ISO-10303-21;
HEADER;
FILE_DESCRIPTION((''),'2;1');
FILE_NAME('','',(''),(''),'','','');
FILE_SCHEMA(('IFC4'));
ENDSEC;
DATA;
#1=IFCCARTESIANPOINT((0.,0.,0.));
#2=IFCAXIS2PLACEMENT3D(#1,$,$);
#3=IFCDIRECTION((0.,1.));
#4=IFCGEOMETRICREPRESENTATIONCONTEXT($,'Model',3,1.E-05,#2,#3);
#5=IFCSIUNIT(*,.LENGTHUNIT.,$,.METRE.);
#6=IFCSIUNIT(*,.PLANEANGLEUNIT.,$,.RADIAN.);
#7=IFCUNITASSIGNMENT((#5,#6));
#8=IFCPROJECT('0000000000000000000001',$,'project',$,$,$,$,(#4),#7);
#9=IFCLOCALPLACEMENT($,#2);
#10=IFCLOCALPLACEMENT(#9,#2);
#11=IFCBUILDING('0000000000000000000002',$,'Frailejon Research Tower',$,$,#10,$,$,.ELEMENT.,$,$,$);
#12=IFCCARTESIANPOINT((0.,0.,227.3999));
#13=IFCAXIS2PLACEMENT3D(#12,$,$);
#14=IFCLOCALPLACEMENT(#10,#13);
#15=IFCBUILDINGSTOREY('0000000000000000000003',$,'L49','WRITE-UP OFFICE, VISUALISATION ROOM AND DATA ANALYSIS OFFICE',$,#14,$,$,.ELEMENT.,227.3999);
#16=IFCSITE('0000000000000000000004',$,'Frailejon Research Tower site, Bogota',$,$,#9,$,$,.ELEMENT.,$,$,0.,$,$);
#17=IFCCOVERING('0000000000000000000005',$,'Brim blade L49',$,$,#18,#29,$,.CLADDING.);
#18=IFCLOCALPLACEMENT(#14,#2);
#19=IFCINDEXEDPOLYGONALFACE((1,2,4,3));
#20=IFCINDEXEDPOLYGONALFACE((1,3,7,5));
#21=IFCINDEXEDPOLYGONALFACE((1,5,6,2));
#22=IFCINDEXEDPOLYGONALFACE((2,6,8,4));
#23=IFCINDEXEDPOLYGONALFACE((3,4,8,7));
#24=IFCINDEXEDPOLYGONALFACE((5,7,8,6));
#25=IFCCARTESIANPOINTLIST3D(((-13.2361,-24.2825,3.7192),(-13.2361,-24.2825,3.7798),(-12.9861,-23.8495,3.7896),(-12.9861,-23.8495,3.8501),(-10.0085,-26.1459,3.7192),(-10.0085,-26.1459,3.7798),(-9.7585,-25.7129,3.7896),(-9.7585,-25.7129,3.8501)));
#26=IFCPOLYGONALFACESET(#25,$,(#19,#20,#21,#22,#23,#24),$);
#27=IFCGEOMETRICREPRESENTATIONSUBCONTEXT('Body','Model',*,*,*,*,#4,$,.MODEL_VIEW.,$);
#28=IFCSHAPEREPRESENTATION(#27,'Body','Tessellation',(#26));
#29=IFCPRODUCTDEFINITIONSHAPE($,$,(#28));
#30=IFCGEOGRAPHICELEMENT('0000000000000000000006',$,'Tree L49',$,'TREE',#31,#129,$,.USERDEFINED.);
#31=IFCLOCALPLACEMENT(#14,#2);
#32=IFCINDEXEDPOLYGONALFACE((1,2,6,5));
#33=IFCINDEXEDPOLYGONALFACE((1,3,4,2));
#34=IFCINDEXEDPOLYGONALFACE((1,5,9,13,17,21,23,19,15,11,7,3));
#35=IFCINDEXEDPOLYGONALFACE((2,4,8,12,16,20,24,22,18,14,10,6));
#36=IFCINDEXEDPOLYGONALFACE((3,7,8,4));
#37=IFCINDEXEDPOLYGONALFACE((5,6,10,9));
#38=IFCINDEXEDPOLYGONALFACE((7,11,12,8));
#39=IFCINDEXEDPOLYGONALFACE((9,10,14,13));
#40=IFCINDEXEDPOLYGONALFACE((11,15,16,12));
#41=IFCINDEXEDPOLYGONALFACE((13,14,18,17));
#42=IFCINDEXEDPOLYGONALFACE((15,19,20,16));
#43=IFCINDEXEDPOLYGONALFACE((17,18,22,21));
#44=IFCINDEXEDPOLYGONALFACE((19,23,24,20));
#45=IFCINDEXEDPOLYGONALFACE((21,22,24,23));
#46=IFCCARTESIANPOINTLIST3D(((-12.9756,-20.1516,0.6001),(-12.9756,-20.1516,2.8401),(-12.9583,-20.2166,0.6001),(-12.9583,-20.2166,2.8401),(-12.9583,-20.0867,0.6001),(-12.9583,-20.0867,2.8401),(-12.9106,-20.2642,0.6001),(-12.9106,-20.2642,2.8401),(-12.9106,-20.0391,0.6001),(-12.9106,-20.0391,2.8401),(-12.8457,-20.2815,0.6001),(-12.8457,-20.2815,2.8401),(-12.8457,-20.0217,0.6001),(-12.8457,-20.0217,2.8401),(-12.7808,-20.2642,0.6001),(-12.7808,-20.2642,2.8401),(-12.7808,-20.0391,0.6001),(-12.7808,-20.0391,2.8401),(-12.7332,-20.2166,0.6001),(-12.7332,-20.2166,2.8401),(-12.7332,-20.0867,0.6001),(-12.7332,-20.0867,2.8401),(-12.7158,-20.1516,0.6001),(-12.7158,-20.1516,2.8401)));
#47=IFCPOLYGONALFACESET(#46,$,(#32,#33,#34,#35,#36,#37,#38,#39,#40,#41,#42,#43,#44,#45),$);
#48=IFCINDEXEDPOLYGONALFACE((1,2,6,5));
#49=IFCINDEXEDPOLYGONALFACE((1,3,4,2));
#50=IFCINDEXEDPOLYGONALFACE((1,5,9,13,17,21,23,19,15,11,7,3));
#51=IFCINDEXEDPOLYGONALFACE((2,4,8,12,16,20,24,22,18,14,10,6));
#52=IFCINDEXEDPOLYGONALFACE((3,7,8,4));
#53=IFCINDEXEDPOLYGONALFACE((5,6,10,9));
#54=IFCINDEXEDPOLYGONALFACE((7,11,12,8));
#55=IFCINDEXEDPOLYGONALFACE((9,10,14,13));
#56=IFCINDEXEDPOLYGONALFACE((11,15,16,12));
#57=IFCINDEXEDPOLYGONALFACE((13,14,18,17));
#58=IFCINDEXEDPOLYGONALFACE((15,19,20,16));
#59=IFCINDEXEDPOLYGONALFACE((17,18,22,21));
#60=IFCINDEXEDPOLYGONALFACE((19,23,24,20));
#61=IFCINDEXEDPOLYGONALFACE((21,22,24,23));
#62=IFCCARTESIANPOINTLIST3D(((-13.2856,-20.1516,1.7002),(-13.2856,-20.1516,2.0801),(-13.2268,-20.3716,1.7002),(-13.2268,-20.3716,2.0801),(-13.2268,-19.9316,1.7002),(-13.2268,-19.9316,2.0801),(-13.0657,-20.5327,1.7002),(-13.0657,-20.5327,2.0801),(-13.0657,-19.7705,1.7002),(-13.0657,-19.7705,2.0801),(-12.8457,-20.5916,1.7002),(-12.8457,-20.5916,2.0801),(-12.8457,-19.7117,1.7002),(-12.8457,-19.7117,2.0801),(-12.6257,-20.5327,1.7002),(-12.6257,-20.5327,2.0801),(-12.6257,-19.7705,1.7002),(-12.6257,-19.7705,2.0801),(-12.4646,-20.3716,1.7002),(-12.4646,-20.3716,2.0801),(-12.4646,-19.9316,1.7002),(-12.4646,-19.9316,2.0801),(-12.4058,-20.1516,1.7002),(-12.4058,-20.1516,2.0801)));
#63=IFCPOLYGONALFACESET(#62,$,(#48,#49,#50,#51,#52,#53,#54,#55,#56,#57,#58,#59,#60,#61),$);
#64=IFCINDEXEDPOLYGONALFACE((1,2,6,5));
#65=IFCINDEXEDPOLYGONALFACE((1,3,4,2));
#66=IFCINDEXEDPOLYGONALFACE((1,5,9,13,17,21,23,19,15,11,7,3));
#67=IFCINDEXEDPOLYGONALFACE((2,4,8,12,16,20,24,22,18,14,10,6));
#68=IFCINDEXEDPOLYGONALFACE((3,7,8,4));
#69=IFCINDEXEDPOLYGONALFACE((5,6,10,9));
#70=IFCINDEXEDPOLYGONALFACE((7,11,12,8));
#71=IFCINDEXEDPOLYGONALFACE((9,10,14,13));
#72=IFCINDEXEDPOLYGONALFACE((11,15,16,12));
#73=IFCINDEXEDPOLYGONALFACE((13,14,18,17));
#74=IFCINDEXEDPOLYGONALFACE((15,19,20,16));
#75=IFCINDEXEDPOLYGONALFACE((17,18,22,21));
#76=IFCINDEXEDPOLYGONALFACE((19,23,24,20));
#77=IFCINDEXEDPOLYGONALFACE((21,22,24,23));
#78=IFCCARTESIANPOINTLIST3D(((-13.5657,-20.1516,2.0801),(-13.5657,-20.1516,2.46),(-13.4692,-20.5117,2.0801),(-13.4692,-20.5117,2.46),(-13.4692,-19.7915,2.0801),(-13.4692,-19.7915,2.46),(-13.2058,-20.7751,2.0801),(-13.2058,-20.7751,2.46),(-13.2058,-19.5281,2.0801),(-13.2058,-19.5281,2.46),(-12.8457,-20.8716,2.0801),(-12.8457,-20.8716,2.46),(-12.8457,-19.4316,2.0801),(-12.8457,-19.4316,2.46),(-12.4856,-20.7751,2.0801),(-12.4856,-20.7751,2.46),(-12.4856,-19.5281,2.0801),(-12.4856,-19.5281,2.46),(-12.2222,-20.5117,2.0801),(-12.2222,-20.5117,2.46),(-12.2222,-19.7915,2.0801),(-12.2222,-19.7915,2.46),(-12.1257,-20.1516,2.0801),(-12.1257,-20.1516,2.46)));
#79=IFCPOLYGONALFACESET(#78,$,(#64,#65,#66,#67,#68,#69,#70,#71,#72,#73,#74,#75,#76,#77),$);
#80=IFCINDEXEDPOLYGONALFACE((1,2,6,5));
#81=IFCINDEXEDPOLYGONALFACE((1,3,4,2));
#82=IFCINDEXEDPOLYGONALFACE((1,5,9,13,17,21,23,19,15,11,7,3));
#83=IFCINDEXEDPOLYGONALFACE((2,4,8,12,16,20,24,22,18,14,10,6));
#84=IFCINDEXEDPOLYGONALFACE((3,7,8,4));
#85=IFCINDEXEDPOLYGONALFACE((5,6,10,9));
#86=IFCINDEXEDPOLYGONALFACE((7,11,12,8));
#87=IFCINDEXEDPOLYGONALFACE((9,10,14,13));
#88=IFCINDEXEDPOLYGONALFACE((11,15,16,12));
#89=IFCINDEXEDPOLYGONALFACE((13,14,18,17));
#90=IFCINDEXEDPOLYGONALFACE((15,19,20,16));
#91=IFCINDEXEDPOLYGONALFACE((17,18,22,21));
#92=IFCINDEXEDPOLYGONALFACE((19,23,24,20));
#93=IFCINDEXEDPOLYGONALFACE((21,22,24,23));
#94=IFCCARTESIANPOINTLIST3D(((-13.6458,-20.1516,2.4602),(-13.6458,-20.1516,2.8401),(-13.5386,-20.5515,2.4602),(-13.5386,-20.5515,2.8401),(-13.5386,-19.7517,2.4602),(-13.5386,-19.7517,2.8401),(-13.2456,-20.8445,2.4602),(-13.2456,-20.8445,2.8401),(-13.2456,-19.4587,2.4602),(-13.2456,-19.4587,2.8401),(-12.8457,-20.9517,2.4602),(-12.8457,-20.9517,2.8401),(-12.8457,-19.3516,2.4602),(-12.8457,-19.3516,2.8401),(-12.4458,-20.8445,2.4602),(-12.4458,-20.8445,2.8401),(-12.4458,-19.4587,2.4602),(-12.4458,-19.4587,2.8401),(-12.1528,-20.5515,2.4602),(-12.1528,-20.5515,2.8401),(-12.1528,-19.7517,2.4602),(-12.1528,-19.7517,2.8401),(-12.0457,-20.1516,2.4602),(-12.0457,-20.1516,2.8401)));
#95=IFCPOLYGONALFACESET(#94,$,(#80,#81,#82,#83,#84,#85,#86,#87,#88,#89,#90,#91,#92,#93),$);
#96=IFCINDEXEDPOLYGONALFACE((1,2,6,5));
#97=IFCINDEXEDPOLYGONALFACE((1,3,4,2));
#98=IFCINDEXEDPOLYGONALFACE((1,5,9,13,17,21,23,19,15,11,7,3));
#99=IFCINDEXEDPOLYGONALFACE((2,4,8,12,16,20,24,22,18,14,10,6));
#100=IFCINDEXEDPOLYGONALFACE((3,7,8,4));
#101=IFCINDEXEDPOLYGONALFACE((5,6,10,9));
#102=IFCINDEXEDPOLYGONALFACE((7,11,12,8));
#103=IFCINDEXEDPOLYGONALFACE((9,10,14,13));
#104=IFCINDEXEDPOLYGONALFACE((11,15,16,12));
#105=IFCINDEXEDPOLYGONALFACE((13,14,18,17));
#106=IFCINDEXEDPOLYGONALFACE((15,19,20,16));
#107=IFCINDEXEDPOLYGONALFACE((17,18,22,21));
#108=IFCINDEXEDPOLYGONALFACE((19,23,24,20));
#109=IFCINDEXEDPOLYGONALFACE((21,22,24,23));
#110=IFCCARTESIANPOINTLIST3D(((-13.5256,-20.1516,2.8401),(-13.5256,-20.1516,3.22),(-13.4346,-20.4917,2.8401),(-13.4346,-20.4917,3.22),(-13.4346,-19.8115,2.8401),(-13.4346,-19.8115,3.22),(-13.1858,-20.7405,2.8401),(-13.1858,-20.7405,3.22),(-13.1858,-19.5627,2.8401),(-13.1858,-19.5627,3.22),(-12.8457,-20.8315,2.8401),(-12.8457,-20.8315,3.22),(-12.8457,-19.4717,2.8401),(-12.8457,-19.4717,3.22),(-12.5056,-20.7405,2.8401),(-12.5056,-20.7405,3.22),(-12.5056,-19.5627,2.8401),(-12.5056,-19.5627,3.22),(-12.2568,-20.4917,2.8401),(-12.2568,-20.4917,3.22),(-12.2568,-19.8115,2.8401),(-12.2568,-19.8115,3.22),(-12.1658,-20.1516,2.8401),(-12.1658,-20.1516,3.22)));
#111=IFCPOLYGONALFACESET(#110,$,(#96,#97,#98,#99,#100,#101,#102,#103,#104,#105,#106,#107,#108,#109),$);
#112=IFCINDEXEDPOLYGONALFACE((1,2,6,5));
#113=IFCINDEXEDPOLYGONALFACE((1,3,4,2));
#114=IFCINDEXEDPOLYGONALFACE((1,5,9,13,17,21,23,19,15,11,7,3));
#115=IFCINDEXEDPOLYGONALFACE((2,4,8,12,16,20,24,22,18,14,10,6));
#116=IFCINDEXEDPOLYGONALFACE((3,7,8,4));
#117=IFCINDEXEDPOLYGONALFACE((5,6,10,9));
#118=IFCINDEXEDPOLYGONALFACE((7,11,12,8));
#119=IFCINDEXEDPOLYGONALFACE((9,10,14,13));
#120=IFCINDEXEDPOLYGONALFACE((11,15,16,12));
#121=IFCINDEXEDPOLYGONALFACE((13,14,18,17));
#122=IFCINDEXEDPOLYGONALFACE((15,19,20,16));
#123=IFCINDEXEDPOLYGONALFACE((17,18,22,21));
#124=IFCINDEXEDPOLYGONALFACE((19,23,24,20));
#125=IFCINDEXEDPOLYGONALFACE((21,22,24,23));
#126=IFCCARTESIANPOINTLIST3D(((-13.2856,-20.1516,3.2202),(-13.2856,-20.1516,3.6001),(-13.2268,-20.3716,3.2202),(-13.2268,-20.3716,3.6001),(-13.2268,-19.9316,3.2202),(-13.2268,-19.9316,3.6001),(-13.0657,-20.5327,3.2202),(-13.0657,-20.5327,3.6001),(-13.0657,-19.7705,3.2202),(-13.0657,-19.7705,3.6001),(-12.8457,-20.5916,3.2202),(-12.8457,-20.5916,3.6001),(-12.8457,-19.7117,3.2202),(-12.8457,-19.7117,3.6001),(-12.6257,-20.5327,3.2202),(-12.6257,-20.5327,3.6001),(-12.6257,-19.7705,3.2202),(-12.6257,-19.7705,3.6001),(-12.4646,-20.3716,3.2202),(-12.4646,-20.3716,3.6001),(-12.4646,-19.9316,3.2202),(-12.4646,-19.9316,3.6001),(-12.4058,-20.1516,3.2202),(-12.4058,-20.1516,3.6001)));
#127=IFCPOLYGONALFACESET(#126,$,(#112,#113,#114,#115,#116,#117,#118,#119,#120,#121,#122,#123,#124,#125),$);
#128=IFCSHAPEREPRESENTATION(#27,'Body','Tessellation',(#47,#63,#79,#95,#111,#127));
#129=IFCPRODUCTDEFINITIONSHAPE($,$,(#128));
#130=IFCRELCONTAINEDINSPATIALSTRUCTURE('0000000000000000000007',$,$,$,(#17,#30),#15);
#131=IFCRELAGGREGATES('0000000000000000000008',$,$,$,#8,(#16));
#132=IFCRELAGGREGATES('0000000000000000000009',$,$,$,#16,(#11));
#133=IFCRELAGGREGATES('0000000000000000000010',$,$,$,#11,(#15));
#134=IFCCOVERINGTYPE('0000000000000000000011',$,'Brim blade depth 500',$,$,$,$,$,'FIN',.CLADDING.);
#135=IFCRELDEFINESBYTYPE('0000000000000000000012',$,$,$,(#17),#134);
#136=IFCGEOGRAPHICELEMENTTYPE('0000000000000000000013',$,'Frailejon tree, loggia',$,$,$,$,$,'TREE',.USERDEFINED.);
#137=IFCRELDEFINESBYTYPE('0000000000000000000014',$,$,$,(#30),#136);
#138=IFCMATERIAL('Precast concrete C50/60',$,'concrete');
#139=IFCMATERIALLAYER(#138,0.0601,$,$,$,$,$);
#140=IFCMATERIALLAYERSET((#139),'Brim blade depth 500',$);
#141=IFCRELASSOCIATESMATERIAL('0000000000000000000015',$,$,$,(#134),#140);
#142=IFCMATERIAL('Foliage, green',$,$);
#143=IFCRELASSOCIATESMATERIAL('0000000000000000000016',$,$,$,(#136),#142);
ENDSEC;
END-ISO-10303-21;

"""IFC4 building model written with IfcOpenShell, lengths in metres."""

from ifc_helpers import new_model, si_unit, direction, frame, origin, place, context, subcontext, project, spatial, polyline, outline, extrude, material, layer, layer_set, type_object, element, save


model = new_model("IFC4")

# Units and contexts
model_context = context("Model", 3, precision=1e-05, world=origin(), true_north=direction((0.0, 1.0)))
body_context = subcontext(model_context, "Body", "Model", "MODEL_VIEW")
ifc_project = project(units=[si_unit("LENGTHUNIT", "METRE"), si_unit("PLANEANGLEUNIT", "RADIAN")], contexts=[model_context])

# Site, building, storey
site_placement = place(None, origin())
site = spatial("IfcSite", under=ifc_project, at=site_placement, Name="Frailejon Research Tower site, Bogota", CompositionType="ELEMENT", RefElevation=0.0)
building_placement = place(site_placement, origin())
building = spatial("IfcBuilding", under=site, at=building_placement, Name="Frailejon Research Tower", CompositionType="ELEMENT")
storey_placement = place(building_placement, frame((0.0, 0.0, 227.3999)))
storey = spatial("IfcBuildingStorey", under=building, at=storey_placement, Name="L49", Description="WRITE-UP OFFICE, VISUALISATION ROOM AND DATA ANALYSIS OFFICE", CompositionType="ELEMENT", Elevation=227.3999)

# Covering
ifc_material_1 = material(Name="Precast concrete C50/60", Category="concrete")
ifc_layer_1 = layer(ifc_material_1, 0.0601)
ifc_layer_set_1 = layer_set([ifc_layer_1], Name="Brim blade depth 500")
covering_type_1 = type_object("IfcCoveringType", Name="Brim blade depth 500", ElementType="FIN", PredefinedType="CLADDING", material=ifc_layer_set_1)
covering_placement = place(storey_placement, frame((-9.7585, -25.7129, 3.8501), z_axis=(-0.86603, 0.499992, 0.0), x_axis=(-0.499992, -0.86603, 0.0)))
element("IfcCovering", 1, at=covering_placement, inside=storey, type_object=covering_type_1, Name="Brim blade L49", PredefinedType="CLADDING", context=body_context, shape_type="SweptSolid", body=[
    extrude(outline(polyline([(0.0, -0.0605), (0.5, -0.1309), (0.5, -0.0703), (0.0, 0.0), (0.0, -0.0605)])), origin(), (0.0, 0.0, 1.0), 3.7268),
])

# Geographic element
ifc_material_2 = material(Name="Foliage, green")
geographic_element_type = type_object("IfcGeographicElementType", Name="Frailejon tree, loggia", ElementType="TREE", PredefinedType="USERDEFINED", material=ifc_material_2)
geographic_element_placement = place(storey_placement, frame((-12.8457, -20.1516, 0.6001)))
element("IfcGeographicElement", 2, at=geographic_element_placement, inside=storey, type_object=geographic_element_type, Name="Tree L49", ObjectType="TREE", PredefinedType="USERDEFINED", context=body_context, shape_type="SweptSolid", body=[
    extrude(outline(polyline([(0.1299, 0.0), (0.1125, 0.0649), (0.0649, 0.1125), (0.0, 0.1299), (-0.0649, 0.1125), (-0.1125, 0.0649), (-0.1299, 0.0), (-0.1125, -0.0649), (-0.0649, -0.1125), (0.0, -0.1299), (0.0649, -0.1125), (0.1125, -0.0649), (0.1299, 0.0)])), origin(), (0.0, 0.0, 1.0), 2.24),
    extrude(outline(polyline([(0.4399, 0.0), (0.3811, 0.22), (0.22, 0.3811), (0.0, 0.4399), (-0.22, 0.3811), (-0.3811, 0.22), (-0.4399, 0.0), (-0.3811, -0.22), (-0.22, -0.3811), (0.0, -0.4399), (0.22, -0.3811), (0.3811, -0.22), (0.4399, 0.0)])), frame((0.0, 0.0, 1.1001)), (0.0, 0.0, 1.0), 0.3799),
    extrude(outline(polyline([(0.72, 0.0), (0.6235, 0.3601), (0.3601, 0.6235), (0.0, 0.72), (-0.3601, 0.6235), (-0.6235, 0.3601), (-0.72, 0.0), (-0.6235, -0.3601), (-0.3601, -0.6235), (0.0, -0.72), (0.3601, -0.6235), (0.6235, -0.3601), (0.72, 0.0)])), frame((0.0, 0.0, 1.48)), (0.0, 0.0, 1.0), 0.3799),
    extrude(outline(polyline([(0.8, 0.0), (0.6929, 0.3999), (0.3999, 0.6929), (0.0, 0.8), (-0.3999, 0.6929), (-0.6929, 0.3999), (-0.8, 0.0), (-0.6929, -0.3999), (-0.3999, -0.6929), (0.0, -0.8), (0.3999, -0.6929), (0.6929, -0.3999), (0.8, 0.0)])), frame((0.0, 0.0, 1.8601)), (0.0, 0.0, 1.0), 0.3799),
    extrude(outline(polyline([(0.6799, 0.0), (0.5889, 0.3401), (0.3401, 0.5889), (0.0, 0.6799), (-0.3401, 0.5889), (-0.5889, 0.3401), (-0.6799, 0.0), (-0.5889, -0.3401), (-0.3401, -0.5889), (0.0, -0.6799), (0.3401, -0.5889), (0.5889, -0.3401), (0.6799, 0.0)])), frame((0.0, 0.0, 2.24)), (0.0, 0.0, 1.0), 0.3799),
    extrude(outline(polyline([(0.4399, 0.0), (0.3811, 0.22), (0.22, 0.3811), (0.0, 0.4399), (-0.22, 0.3811), (-0.3811, 0.22), (-0.4399, 0.0), (-0.3811, -0.22), (-0.22, -0.3811), (0.0, -0.4399), (0.22, -0.3811), (0.3811, -0.22), (0.4399, 0.0)])), frame((0.0, 0.0, 2.6201)), (0.0, 0.0, 1.0), 0.3799),
])

save(model, "model.ifc")
